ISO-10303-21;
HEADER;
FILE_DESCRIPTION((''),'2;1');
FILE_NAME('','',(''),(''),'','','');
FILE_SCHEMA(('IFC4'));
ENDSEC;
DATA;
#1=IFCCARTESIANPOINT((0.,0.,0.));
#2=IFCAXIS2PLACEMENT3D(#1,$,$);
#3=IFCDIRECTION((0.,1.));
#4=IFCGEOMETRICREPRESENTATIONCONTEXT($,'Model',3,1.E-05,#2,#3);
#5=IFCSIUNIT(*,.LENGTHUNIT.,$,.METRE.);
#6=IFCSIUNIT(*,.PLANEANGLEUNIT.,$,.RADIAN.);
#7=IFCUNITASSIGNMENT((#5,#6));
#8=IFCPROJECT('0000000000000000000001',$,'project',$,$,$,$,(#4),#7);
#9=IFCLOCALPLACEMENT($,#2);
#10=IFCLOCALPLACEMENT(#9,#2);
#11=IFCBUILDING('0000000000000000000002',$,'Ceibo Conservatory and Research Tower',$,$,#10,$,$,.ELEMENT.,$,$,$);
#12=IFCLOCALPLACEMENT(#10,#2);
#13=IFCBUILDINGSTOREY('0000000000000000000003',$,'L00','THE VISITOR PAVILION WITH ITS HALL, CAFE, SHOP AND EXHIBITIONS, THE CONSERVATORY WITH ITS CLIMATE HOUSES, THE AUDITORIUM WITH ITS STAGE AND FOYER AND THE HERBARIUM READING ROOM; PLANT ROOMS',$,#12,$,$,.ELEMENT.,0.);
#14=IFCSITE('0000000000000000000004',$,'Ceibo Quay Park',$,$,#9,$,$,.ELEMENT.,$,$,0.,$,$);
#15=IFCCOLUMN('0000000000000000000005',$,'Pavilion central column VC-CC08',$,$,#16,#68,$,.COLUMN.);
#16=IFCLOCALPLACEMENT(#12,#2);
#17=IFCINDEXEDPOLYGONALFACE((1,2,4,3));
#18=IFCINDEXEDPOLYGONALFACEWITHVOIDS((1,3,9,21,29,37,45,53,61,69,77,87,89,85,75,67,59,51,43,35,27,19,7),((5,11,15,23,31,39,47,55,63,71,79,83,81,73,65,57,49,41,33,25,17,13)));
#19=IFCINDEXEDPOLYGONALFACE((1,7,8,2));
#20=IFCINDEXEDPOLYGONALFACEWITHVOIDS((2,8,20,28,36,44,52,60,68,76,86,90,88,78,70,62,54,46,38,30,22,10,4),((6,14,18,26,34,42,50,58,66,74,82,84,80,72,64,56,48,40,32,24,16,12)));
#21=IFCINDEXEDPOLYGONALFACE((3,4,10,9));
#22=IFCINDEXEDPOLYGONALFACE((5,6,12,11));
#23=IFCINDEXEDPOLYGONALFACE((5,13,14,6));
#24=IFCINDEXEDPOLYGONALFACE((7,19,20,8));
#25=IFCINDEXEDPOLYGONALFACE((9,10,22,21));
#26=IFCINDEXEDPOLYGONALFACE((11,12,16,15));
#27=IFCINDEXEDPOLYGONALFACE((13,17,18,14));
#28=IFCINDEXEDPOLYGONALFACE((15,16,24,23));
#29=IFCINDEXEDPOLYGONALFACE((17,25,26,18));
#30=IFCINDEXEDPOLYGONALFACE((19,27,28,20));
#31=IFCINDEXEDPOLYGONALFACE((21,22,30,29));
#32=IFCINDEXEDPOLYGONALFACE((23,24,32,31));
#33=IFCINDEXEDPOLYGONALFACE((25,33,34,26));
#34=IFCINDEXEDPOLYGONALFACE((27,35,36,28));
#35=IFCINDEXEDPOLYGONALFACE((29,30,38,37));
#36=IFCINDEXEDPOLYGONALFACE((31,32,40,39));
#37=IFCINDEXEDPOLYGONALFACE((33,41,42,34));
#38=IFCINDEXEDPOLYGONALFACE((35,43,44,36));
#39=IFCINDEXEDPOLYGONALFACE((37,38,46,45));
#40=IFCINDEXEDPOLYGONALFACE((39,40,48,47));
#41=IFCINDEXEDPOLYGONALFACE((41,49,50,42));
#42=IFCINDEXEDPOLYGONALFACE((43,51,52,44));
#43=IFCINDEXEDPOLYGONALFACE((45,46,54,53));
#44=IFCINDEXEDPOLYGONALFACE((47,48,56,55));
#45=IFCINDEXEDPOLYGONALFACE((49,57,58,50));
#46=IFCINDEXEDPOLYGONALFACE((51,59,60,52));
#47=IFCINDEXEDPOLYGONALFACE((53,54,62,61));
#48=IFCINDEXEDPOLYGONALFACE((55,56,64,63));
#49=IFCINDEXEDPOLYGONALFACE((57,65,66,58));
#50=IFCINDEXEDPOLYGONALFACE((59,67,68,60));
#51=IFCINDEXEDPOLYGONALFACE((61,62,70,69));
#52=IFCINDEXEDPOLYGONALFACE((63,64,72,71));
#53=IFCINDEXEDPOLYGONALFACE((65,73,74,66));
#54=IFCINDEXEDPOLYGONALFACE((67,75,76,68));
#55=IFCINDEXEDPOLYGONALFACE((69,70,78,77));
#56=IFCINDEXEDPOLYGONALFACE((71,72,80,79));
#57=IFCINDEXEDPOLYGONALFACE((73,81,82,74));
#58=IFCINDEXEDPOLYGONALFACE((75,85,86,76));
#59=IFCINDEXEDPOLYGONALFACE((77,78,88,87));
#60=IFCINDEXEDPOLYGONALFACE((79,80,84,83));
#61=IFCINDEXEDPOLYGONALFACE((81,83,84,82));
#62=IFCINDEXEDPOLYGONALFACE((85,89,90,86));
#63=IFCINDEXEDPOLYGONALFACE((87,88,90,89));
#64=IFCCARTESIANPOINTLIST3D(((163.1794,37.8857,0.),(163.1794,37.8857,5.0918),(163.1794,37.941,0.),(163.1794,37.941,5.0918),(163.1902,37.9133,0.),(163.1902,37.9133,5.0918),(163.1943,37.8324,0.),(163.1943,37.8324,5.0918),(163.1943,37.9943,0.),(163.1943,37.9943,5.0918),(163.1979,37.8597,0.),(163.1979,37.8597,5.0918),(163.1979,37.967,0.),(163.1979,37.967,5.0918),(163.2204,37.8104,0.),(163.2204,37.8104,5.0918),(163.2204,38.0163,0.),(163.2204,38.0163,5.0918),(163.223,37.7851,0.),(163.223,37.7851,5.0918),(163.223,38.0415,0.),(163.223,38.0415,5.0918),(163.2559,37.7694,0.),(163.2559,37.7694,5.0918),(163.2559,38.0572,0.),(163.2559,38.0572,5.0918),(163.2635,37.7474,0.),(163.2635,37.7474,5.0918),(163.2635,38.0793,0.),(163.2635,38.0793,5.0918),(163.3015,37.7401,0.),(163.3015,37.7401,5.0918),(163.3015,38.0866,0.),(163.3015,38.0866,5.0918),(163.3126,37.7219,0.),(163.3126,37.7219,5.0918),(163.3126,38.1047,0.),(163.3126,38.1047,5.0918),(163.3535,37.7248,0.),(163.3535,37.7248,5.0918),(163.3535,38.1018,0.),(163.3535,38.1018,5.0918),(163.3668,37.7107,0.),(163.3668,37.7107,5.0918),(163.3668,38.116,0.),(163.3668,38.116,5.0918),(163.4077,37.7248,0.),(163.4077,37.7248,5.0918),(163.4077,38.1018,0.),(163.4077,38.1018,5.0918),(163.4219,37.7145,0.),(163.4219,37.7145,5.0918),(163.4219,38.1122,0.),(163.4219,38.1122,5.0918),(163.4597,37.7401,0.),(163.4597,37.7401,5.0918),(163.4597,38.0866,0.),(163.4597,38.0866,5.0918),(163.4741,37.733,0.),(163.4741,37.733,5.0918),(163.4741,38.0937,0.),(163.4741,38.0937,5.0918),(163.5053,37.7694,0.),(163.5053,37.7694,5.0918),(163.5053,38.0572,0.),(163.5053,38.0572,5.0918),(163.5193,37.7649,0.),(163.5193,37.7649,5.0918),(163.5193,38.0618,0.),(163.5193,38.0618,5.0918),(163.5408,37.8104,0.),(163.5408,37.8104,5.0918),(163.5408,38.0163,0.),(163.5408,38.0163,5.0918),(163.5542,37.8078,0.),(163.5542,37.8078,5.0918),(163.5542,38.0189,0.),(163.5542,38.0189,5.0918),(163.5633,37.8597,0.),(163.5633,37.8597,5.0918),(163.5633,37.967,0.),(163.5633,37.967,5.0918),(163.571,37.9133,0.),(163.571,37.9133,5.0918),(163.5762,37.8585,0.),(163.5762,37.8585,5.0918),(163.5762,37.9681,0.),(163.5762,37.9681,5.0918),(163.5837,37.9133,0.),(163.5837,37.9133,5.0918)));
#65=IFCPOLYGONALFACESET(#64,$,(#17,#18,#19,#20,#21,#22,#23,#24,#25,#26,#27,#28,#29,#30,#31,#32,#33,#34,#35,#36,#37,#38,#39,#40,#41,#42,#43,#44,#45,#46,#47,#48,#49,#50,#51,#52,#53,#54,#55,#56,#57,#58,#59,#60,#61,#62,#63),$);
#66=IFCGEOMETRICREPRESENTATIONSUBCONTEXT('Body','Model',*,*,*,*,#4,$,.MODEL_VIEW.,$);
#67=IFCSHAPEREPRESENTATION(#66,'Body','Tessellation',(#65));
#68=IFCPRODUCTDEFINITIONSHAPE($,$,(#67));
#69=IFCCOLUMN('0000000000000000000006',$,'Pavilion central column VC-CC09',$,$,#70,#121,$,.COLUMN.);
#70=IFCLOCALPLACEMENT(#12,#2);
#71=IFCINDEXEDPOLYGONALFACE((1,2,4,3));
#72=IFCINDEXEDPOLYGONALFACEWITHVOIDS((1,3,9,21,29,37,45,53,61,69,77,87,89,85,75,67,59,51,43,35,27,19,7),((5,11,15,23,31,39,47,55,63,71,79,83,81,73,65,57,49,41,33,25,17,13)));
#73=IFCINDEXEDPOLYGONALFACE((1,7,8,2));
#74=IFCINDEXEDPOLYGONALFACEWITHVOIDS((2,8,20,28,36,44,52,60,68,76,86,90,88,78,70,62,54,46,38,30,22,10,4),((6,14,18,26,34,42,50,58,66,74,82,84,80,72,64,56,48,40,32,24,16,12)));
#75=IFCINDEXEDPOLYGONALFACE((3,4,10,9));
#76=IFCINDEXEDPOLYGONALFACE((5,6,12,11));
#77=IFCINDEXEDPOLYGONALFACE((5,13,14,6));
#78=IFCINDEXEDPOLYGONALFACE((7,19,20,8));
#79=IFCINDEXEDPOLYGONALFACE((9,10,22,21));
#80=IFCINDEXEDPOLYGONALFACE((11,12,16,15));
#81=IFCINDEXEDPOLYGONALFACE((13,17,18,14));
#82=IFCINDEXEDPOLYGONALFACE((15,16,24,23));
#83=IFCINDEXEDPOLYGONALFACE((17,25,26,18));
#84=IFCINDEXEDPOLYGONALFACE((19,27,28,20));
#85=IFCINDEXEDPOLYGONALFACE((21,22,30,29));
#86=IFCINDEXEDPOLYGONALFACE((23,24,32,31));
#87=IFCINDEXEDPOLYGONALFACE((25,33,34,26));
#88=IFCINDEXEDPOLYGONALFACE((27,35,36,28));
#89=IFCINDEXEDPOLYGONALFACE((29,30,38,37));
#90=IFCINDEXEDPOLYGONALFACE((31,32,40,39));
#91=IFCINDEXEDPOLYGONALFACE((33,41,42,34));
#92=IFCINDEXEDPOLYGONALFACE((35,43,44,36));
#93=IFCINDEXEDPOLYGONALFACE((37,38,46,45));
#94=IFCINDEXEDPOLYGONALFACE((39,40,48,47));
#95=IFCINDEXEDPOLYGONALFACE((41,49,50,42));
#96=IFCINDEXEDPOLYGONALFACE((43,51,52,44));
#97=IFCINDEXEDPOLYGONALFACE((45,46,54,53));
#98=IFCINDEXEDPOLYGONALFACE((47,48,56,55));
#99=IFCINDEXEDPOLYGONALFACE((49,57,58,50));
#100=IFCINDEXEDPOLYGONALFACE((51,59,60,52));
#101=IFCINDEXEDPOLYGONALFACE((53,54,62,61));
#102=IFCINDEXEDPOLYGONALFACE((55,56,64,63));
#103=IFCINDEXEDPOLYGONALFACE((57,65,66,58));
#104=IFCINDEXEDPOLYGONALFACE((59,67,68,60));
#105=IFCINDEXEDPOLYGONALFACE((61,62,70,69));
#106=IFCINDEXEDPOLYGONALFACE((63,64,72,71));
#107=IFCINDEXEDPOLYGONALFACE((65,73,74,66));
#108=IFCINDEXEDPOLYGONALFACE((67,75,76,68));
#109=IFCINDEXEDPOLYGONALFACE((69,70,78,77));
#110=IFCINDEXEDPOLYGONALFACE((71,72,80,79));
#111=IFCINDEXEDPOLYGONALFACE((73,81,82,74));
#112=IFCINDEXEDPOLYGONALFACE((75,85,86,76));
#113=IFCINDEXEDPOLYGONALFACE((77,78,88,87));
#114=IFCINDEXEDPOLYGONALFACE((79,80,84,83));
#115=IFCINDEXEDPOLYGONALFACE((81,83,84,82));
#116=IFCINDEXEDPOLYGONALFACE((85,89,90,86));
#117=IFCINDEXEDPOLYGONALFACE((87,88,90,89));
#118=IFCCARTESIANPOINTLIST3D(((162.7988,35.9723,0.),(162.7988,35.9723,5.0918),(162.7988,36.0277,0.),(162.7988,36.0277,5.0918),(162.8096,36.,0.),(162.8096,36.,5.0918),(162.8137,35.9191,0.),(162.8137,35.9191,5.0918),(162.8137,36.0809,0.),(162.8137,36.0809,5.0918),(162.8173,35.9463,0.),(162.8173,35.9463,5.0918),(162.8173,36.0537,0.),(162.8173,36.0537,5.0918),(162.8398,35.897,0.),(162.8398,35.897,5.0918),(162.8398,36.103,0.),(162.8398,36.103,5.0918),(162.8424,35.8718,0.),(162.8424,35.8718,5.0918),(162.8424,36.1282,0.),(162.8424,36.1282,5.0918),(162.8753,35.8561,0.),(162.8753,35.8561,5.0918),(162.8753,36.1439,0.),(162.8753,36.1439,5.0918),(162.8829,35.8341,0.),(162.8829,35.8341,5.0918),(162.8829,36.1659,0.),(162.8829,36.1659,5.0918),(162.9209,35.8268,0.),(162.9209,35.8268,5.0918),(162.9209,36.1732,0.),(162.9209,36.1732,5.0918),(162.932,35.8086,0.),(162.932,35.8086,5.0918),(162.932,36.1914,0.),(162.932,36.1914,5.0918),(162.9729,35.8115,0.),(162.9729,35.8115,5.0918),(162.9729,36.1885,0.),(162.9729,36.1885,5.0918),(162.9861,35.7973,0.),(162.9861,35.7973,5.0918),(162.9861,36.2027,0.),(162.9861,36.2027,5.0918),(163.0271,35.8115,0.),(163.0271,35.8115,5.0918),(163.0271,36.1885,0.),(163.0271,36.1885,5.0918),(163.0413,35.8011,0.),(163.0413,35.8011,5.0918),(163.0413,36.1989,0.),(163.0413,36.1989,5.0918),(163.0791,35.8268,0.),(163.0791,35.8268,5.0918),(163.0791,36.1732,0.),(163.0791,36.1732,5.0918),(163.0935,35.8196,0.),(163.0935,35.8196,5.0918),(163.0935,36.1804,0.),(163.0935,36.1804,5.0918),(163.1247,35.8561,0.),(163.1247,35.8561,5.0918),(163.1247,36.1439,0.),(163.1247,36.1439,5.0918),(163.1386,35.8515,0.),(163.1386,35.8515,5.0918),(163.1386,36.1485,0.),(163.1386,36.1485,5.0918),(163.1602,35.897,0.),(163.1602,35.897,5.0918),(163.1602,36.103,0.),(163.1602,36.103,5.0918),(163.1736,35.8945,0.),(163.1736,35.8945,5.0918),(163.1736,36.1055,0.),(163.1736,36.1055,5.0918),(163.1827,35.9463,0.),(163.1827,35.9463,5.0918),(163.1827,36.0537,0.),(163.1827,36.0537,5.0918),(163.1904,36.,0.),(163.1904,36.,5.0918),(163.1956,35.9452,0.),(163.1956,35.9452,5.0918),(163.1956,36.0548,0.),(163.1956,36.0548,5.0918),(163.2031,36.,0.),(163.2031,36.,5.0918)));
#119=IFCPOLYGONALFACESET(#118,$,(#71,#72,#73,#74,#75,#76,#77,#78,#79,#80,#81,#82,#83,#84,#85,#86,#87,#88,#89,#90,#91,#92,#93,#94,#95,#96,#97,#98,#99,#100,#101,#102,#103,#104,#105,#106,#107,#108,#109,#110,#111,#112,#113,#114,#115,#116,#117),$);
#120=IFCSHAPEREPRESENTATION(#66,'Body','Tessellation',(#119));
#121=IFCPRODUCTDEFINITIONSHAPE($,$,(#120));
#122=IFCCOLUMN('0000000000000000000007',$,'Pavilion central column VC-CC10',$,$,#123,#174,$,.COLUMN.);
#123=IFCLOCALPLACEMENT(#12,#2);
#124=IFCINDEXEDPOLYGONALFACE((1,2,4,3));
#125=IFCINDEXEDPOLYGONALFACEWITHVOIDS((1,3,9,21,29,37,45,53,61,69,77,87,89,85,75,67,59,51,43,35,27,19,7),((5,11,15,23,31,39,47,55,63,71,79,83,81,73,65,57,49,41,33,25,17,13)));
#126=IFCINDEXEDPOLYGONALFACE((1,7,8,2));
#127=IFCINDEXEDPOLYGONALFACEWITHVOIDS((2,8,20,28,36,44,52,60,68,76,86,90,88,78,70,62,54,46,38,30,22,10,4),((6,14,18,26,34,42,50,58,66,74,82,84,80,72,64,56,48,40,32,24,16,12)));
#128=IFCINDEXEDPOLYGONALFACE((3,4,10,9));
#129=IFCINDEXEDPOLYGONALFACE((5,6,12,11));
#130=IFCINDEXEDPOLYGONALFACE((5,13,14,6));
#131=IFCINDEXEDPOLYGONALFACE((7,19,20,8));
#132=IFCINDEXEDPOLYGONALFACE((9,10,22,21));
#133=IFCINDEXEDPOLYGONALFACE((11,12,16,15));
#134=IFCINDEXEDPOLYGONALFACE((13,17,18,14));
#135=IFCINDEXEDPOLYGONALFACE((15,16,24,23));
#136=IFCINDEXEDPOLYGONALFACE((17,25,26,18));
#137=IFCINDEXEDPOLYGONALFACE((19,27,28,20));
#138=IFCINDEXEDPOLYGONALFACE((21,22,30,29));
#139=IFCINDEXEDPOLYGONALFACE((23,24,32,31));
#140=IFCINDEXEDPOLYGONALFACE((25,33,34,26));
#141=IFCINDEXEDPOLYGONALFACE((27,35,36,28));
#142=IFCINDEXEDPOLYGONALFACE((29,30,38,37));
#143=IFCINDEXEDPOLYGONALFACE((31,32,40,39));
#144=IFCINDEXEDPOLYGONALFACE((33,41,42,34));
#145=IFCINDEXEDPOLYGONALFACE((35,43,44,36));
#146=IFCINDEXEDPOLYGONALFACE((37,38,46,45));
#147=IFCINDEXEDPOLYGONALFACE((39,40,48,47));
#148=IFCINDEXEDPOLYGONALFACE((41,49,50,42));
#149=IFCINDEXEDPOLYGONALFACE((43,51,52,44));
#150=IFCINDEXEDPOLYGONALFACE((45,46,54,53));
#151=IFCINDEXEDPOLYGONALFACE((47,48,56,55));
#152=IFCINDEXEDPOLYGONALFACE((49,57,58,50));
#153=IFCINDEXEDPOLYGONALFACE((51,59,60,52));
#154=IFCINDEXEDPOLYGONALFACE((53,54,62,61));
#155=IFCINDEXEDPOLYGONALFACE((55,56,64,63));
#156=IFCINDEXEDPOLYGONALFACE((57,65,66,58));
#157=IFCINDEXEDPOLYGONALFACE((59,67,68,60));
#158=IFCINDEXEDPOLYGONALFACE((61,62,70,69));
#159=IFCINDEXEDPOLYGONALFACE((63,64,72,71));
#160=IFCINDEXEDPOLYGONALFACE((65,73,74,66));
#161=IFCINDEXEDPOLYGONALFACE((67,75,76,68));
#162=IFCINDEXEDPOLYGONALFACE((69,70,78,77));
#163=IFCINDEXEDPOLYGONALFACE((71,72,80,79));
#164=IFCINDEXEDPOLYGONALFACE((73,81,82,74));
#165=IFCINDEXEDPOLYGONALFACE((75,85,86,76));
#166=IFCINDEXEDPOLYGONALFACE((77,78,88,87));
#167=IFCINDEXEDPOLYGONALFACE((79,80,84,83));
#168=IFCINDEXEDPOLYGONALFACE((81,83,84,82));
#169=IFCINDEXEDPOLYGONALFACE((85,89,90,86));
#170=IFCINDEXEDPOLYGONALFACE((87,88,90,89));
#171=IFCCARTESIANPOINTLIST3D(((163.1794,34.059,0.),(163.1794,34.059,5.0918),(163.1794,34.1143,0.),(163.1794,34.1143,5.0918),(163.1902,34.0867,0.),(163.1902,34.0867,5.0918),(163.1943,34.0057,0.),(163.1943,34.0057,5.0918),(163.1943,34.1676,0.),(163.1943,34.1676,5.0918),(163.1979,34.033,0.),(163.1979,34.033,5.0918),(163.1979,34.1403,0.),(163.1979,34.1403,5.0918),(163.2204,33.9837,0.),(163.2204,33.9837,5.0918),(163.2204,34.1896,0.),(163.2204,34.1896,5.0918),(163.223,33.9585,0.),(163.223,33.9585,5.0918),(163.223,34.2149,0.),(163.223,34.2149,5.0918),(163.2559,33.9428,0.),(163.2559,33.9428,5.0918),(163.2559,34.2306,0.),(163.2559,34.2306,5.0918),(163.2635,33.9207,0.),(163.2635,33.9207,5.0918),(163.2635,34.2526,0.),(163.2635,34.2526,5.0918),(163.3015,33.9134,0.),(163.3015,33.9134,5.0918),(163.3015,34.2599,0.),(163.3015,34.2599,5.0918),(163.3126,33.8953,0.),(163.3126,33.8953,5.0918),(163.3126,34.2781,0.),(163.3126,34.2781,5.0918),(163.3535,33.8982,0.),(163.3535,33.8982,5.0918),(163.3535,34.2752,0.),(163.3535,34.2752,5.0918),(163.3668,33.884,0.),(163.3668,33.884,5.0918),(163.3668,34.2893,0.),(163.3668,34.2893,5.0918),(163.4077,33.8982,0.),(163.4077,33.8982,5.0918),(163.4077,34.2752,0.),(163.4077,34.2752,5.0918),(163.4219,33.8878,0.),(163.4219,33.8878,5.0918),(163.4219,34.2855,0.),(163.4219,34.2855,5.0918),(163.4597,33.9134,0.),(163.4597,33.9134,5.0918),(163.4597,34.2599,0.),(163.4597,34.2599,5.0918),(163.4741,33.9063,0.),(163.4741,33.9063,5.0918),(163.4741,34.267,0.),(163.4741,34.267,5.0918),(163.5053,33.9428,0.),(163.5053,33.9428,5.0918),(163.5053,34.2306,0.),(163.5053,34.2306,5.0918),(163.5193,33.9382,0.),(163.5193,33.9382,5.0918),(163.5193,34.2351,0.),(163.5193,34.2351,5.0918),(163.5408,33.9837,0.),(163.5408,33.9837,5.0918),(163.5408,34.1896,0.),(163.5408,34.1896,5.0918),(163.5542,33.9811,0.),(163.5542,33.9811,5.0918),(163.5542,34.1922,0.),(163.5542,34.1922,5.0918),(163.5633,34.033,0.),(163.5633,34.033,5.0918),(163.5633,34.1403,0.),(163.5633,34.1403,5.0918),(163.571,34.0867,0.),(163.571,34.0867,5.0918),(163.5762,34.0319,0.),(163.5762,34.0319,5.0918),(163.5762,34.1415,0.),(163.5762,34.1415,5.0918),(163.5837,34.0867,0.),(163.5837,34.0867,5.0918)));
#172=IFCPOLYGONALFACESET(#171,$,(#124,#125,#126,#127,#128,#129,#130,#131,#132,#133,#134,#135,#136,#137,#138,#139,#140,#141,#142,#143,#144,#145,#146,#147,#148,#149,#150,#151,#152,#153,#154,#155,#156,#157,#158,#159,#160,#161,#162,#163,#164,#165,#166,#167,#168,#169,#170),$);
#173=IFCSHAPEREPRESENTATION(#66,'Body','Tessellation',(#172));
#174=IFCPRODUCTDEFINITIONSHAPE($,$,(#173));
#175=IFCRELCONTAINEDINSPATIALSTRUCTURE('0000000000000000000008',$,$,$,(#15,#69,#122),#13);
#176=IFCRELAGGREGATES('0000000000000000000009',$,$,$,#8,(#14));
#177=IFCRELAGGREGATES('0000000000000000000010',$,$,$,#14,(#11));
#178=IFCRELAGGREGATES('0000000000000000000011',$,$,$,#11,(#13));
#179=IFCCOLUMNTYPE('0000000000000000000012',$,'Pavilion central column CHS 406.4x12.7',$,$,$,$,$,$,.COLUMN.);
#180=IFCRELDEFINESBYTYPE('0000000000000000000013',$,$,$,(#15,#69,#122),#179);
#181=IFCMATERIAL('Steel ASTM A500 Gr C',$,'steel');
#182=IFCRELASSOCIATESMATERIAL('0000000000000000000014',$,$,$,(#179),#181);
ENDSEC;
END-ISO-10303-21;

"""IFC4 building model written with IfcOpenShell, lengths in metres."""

from ifc_helpers import new_model, si_unit, direction, frame, origin, origin_2d, place, context, subcontext, project, spatial, hollow_circle, extrude, material, material_profile, profile_set, type_object, element, save


model = new_model("IFC4")

# Units and contexts
model_context = context("Model", 3, precision=1e-05, world=origin(), true_north=direction((0.0, 1.0)))
body_context = subcontext(model_context, "Body", "Model", "MODEL_VIEW")
ifc_project = project(units=[si_unit("LENGTHUNIT", "METRE"), si_unit("PLANEANGLEUNIT", "RADIAN")], contexts=[model_context])

# Site, building, storey
site_placement = place(None, origin())
site = spatial("IfcSite", under=ifc_project, at=site_placement, Name="Ceibo Quay Park", CompositionType="ELEMENT", RefElevation=0.0)
building_placement = place(site_placement, origin())
building = spatial("IfcBuilding", under=site, at=building_placement, Name="Ceibo Conservatory and Research Tower", CompositionType="ELEMENT")
storey_placement = place(building_placement, origin())
storey = spatial("IfcBuildingStorey", under=building, at=storey_placement, Name="L00", Description="THE VISITOR PAVILION WITH ITS HALL, CAFE, SHOP AND EXHIBITIONS, THE CONSERVATORY WITH ITS CLIMATE HOUSES, THE AUDITORIUM WITH ITS STAGE AND FOYER AND THE HERBARIUM READING ROOM; PLANT ROOMS", CompositionType="ELEMENT", Elevation=0.0)

# Columns
ifc_material_1 = material(Name="Steel ASTM A500 Gr C", Category="steel")
ifc_material_profile_1 = material_profile(ifc_material_1, hollow_circle(Radius=0.2031, WallThickness=0.0127, at=origin_2d()), Name="Pavilion central column CHS 406.4x12.7")
ifc_profile_set_1 = profile_set([ifc_material_profile_1], Name="Steel ASTM A500 Gr C")
column_type_1 = type_object("IfcColumnType", Name="Pavilion central column CHS 406.4x12.7", PredefinedType="COLUMN", material=ifc_profile_set_1)
for number, where, z_axis, x_axis, name in (
    (1, (163.3806, 37.9133, 0.0), (0.0, 0.0, 1.0), (1.0, 0.0, 0.0), "Pavilion central column VC-CC08"),
    (2, (163.0, 36.0, 0.0), (0.0, 0.0, 1.0), (1.0, 0.0, 0.0), "Pavilion central column VC-CC09"),
    (3, (163.3806, 34.0867, 0.0), (0.0, 0.0, 1.0), (1.0, 0.0, 0.0), "Pavilion central column VC-CC10"),
):
    element("IfcColumn", number, at=place(storey_placement, frame(where, z_axis=z_axis, x_axis=x_axis)), inside=storey, type_object=column_type_1, Name=name, PredefinedType="COLUMN", context=body_context, shape_type="SweptSolid", body=[
        extrude(hollow_circle(Radius=0.2031, WallThickness=0.0127, at=origin_2d()), origin(), (0.0, 0.0, 1.0), 5.0918),
    ])

save(model, "model.ifc")
